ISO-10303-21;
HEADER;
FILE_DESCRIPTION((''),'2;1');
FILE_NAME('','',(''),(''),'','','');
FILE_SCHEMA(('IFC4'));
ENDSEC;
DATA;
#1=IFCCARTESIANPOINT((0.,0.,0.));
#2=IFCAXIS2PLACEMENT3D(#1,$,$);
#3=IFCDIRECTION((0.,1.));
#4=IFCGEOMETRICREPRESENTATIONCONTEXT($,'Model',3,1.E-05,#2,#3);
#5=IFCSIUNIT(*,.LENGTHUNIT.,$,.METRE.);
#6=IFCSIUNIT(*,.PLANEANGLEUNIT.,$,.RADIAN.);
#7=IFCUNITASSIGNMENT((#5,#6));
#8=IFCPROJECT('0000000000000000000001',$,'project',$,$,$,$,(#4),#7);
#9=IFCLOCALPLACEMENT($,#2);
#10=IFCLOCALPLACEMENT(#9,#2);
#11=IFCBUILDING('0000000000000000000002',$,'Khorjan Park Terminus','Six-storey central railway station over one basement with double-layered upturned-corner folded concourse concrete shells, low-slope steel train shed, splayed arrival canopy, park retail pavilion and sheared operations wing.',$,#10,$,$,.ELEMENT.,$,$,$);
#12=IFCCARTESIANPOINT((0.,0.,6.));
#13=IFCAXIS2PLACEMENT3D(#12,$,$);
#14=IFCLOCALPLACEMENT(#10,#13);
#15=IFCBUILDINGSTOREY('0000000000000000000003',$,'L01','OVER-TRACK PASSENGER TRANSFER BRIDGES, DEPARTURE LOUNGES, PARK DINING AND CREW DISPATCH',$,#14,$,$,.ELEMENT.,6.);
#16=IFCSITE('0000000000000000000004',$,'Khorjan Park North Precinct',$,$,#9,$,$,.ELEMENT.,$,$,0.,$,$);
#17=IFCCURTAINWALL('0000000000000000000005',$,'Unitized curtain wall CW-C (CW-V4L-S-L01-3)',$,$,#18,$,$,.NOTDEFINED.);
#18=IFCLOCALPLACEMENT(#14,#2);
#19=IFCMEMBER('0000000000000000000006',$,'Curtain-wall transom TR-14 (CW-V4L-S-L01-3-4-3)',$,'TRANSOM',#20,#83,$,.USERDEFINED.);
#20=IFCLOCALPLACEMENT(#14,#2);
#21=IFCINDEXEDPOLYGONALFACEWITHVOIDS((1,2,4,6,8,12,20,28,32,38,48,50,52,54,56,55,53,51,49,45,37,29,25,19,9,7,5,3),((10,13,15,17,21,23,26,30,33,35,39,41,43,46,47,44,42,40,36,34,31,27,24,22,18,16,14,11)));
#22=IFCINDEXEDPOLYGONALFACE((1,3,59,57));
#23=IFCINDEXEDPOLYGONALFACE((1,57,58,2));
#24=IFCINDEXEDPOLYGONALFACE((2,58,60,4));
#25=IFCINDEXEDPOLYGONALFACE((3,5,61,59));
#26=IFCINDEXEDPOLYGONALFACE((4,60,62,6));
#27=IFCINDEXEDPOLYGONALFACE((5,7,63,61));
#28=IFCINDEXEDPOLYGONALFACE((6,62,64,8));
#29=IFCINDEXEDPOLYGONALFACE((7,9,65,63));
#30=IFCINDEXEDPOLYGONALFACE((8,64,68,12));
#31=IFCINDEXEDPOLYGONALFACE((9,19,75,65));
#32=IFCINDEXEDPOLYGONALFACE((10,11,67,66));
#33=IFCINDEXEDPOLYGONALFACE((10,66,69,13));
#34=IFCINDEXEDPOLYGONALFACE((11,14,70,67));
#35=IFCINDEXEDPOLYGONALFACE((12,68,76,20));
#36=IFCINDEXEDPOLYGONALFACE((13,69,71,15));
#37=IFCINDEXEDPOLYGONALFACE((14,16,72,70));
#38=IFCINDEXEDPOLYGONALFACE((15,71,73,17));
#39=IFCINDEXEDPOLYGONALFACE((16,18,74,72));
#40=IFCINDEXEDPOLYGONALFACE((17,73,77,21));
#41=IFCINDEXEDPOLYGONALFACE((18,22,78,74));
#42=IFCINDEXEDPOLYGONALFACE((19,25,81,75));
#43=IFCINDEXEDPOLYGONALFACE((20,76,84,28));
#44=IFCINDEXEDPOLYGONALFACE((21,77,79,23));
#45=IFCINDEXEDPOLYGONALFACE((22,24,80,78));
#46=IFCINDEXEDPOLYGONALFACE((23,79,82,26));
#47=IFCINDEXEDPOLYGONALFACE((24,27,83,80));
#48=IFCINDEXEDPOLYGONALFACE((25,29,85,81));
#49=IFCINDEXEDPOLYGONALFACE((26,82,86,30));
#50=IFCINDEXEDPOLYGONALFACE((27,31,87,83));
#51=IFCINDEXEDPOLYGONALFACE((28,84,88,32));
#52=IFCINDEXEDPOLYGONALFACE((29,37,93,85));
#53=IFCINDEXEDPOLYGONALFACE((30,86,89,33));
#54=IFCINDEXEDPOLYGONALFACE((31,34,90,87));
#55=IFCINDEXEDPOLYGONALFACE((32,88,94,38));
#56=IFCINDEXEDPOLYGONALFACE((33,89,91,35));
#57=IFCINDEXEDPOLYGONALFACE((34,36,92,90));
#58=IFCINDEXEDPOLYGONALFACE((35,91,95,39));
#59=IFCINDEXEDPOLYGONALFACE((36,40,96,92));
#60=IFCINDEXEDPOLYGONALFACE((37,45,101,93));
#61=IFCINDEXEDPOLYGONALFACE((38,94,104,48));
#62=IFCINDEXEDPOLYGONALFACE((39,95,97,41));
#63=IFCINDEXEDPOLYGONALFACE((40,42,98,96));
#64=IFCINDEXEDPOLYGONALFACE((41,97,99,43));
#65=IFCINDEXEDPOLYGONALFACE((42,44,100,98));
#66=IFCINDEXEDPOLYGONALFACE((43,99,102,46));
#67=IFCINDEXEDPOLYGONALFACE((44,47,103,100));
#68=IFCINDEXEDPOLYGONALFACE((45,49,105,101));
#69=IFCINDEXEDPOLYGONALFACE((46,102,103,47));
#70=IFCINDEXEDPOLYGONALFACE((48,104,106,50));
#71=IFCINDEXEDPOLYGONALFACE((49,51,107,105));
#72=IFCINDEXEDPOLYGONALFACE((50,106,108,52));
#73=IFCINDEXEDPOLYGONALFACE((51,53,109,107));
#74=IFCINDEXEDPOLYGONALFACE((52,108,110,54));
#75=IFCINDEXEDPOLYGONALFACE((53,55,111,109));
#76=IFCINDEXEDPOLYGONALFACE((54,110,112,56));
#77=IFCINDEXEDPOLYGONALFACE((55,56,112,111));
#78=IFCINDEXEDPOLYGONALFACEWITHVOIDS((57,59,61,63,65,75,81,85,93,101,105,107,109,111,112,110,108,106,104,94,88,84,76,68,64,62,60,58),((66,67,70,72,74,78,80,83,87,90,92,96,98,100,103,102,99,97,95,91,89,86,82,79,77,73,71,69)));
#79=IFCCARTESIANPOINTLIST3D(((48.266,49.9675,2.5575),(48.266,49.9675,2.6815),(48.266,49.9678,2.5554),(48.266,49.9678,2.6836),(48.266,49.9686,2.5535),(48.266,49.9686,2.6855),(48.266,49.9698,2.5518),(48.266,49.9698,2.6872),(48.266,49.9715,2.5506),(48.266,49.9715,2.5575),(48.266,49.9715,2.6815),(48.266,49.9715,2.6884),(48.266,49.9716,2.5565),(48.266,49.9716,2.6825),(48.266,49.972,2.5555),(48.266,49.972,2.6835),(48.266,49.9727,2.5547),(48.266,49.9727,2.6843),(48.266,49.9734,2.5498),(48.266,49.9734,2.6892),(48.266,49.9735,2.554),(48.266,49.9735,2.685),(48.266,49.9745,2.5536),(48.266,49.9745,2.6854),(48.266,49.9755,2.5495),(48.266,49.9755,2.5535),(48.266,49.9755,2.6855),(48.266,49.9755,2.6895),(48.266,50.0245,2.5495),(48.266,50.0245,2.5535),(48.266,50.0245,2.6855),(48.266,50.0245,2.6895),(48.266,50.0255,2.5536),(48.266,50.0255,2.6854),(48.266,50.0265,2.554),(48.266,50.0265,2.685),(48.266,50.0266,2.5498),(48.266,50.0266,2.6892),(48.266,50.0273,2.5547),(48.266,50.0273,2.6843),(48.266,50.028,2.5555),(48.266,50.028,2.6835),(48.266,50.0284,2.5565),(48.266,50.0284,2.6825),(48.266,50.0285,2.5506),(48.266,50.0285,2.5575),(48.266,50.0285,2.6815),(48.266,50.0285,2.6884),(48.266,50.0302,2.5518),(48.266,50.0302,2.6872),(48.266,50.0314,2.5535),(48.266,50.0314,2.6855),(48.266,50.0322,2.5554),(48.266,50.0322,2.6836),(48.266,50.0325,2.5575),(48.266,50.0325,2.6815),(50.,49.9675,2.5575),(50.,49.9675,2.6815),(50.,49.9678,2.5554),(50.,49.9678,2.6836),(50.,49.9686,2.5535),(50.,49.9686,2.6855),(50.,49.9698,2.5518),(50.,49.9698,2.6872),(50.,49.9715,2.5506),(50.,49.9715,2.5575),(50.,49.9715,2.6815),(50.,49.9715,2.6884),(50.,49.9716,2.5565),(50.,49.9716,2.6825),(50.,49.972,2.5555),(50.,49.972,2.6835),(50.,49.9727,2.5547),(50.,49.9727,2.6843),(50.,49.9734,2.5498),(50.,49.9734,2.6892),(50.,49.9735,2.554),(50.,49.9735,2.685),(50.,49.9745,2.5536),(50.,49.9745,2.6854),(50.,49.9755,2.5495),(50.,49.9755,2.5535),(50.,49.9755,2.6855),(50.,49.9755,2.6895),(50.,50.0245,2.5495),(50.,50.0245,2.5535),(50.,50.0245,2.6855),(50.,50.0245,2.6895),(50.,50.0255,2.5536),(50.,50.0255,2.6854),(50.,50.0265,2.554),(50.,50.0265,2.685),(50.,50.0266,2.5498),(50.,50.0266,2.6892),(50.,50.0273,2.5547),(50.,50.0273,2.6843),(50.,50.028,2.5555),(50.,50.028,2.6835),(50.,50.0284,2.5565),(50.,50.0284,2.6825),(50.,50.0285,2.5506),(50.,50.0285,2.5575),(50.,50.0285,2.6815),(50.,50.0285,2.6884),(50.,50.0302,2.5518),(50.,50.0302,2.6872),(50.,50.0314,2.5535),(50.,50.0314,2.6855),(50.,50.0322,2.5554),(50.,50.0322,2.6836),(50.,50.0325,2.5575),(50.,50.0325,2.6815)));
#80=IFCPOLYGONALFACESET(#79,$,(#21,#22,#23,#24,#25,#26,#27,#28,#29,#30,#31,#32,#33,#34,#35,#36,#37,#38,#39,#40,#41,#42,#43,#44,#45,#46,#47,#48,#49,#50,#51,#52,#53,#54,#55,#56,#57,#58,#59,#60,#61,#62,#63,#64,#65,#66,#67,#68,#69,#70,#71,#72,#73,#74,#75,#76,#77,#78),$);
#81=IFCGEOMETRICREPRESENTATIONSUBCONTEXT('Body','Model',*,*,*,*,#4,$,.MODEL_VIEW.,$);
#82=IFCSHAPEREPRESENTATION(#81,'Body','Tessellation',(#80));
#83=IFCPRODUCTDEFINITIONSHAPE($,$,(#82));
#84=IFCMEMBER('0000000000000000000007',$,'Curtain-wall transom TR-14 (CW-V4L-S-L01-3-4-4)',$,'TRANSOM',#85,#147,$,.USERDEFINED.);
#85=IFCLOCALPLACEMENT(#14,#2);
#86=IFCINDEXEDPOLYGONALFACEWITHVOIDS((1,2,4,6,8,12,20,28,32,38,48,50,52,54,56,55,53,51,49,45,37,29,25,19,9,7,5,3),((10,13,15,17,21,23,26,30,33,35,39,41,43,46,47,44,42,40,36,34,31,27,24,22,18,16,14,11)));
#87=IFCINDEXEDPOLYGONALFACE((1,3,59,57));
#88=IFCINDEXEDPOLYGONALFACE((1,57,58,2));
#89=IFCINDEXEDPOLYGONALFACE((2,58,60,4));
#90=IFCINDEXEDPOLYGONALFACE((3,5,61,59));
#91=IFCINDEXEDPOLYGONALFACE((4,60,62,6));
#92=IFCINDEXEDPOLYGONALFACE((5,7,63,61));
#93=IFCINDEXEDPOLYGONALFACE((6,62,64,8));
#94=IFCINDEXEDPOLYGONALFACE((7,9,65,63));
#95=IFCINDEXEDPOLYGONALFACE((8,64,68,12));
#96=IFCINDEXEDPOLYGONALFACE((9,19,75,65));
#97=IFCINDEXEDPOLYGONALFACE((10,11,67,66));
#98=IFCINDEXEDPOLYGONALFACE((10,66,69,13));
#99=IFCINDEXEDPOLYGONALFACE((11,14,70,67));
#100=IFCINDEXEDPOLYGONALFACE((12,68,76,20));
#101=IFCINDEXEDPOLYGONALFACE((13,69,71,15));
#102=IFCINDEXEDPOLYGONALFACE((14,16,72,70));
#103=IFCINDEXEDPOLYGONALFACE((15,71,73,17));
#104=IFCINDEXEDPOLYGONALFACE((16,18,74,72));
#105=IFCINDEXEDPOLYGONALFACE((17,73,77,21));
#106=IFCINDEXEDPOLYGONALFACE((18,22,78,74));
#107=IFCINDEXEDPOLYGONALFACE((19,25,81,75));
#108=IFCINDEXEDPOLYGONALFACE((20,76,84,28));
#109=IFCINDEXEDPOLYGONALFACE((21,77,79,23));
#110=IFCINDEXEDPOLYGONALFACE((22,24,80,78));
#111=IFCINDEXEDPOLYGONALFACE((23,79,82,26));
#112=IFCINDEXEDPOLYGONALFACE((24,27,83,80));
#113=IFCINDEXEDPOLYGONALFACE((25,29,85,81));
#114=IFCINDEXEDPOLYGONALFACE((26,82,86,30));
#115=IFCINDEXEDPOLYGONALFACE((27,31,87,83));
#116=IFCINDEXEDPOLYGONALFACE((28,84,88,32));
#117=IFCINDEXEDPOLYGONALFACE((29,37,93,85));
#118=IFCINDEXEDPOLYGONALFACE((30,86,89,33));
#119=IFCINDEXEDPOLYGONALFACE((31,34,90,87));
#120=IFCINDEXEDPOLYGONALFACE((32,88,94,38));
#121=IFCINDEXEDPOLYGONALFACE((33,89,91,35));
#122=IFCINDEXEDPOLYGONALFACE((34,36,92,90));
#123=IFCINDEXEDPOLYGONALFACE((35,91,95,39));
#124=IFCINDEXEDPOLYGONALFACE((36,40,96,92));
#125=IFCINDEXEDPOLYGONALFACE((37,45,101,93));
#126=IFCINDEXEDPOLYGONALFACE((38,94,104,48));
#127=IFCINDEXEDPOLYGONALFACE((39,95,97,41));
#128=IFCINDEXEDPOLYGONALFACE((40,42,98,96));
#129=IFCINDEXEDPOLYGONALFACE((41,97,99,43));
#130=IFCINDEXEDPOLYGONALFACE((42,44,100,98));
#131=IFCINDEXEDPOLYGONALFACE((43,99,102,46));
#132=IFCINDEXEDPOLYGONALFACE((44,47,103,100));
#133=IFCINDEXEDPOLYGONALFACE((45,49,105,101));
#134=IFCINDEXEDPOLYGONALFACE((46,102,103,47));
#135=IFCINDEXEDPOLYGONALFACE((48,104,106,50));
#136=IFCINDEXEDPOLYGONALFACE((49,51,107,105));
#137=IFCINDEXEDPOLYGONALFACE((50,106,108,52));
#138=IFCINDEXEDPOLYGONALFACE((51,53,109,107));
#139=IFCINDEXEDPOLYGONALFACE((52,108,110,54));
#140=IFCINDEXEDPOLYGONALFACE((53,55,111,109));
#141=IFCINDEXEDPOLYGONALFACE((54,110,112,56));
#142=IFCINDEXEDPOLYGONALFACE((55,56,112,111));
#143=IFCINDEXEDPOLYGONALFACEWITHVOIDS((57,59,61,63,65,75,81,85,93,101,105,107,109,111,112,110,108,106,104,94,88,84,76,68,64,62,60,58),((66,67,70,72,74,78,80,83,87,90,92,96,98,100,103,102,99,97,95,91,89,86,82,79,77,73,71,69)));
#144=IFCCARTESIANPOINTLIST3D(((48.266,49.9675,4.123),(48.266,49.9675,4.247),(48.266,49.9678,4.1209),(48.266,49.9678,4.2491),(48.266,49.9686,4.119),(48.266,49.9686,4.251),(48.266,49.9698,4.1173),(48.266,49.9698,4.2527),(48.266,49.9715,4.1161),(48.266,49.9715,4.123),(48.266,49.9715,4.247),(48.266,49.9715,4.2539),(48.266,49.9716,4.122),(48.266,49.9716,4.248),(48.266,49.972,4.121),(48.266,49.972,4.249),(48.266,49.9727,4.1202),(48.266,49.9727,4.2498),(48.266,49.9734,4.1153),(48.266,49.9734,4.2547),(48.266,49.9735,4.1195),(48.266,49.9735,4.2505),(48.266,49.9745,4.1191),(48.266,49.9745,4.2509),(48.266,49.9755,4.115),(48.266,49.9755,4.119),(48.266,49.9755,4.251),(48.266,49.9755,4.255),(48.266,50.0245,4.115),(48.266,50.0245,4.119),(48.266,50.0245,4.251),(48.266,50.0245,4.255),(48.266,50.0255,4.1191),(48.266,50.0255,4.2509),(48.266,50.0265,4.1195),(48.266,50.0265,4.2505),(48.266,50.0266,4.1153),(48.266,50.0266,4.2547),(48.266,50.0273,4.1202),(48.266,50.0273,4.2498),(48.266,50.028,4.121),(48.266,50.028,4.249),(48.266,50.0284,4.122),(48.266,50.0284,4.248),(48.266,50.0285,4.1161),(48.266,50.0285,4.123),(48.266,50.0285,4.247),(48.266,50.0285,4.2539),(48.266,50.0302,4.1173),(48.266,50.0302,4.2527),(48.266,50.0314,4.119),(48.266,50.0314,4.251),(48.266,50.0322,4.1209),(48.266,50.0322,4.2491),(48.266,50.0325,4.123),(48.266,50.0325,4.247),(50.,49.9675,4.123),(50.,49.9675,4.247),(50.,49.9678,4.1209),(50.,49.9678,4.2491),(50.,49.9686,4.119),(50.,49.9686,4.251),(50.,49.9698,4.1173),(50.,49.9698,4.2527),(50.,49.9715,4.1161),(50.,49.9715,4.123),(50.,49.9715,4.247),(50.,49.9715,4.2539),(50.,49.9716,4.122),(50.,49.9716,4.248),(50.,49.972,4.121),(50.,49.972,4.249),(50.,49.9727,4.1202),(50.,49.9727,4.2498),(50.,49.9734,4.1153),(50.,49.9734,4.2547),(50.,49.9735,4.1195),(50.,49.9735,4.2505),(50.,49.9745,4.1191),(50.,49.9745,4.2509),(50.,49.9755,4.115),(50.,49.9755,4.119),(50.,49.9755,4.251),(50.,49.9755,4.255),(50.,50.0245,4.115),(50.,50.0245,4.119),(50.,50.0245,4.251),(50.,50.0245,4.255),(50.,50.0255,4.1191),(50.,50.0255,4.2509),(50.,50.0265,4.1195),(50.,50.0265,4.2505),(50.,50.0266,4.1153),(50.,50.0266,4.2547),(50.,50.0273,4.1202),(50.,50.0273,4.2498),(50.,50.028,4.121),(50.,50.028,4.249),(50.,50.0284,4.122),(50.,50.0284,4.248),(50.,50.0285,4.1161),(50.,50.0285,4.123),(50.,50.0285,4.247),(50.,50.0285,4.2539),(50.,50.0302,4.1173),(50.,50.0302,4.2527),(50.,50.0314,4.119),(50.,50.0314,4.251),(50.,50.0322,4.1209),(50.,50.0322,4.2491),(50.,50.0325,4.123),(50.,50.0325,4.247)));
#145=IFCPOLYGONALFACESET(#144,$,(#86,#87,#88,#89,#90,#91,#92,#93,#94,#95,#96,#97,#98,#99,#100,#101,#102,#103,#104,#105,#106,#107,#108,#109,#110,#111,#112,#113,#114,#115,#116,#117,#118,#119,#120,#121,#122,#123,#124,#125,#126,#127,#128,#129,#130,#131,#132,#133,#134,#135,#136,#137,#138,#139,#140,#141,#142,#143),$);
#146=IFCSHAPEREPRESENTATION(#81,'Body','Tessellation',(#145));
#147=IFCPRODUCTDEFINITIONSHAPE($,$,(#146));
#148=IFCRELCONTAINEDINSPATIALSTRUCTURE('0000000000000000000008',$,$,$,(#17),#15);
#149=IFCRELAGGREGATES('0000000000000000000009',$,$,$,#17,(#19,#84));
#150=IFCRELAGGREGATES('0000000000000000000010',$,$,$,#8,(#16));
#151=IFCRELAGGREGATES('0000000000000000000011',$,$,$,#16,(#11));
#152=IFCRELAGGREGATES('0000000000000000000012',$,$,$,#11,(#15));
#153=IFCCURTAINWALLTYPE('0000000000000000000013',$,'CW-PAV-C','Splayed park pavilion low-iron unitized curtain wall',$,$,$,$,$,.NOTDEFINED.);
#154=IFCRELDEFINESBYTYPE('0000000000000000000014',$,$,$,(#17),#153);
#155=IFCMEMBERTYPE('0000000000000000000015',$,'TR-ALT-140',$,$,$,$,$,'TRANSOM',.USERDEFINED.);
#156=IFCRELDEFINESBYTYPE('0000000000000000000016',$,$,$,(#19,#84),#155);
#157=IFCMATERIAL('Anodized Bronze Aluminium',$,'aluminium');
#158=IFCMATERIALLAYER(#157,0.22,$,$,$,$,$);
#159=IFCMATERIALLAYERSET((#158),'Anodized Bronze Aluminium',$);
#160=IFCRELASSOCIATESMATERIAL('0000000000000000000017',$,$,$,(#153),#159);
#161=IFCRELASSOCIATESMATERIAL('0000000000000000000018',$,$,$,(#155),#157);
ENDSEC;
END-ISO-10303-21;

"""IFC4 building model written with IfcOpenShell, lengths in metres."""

from ifc_helpers import new_model, si_unit, direction, frame, origin, origin_2d, place, context, subcontext, project, spatial, hollow_rectangle, extrude, material, layer, layer_set, material_profile, profile_set, type_object, element, aggregate, save


model = new_model("IFC4")

# Units and contexts
model_context = context("Model", 3, precision=1e-05, world=origin(), true_north=direction((0.0, 1.0)))
body_context = subcontext(model_context, "Body", "Model", "MODEL_VIEW")
ifc_project = project(units=[si_unit("LENGTHUNIT", "METRE"), si_unit("PLANEANGLEUNIT", "RADIAN")], contexts=[model_context])

# Site, building, storey
site_placement = place(None, origin())
site = spatial("IfcSite", under=ifc_project, at=site_placement, Name="Khorjan Park North Precinct", CompositionType="ELEMENT", RefElevation=0.0)
building_placement = place(site_placement, origin())
building = spatial("IfcBuilding", under=site, at=building_placement, Name="Khorjan Park Terminus", Description="Six-storey central railway station over one basement with double-layered upturned-corner folded concourse concrete shells, low-slope steel train shed, splayed arrival canopy, park retail pavilion and sheared operations wing.", CompositionType="ELEMENT")
storey_placement = place(building_placement, frame((0.0, 0.0, 6.0)))
storey = spatial("IfcBuildingStorey", under=building, at=storey_placement, Name="L01", Description="OVER-TRACK PASSENGER TRANSFER BRIDGES, DEPARTURE LOUNGES, PARK DINING AND CREW DISPATCH", CompositionType="ELEMENT", Elevation=6.0)

# Curtain wall
ifc_material_1 = material(Name="Anodized Bronze Aluminium", Category="aluminium")
ifc_layer_1 = layer(ifc_material_1, 0.22)
ifc_layer_set_1 = layer_set([ifc_layer_1], Name="Anodized Bronze Aluminium")
curtain_wall_type_1 = type_object("IfcCurtainWallType", Name="CW-PAV-C", Description="Splayed park pavilion low-iron unitized curtain wall", PredefinedType="NOTDEFINED", material=ifc_layer_set_1)
curtain_wall_1_placement = place(storey_placement, origin())
curtain_wall_1 = element("IfcCurtainWall", 1, at=curtain_wall_1_placement, inside=storey, type_object=curtain_wall_type_1, Name="Unitized curtain wall CW-C (CW-V4L-S-L01-3)", PredefinedType="NOTDEFINED")

# Members
ifc_material_profile_1 = material_profile(ifc_material_1, hollow_rectangle(XDim=0.065, YDim=0.14, WallThickness=0.004, InnerFilletRadius=0.004, OuterFilletRadius=0.008, at=origin_2d()), Name="ALT 65x140x4")
ifc_profile_set_1 = profile_set([ifc_material_profile_1], Name="Anodized Bronze Aluminium")
member_type_1 = type_object("IfcMemberType", Name="TR-ALT-140", ElementType="TRANSOM", PredefinedType="USERDEFINED", material=ifc_profile_set_1)
member_1_placement = place(storey_placement, frame((48.266, 50.0, 2.6195), z_axis=(1.0, 0.0, 0.0), x_axis=(0.0, 1.0, 0.0)))
member_1 = element("IfcMember", 2, at=member_1_placement, type_object=member_type_1, Name="Curtain-wall transom TR-14 (CW-V4L-S-L01-3-4-3)", ObjectType="TRANSOM", PredefinedType="USERDEFINED", context=body_context, shape_type="SweptSolid", body=[
    extrude(hollow_rectangle(XDim=0.065, YDim=0.14, WallThickness=0.004, InnerFilletRadius=0.004, OuterFilletRadius=0.008, at=origin_2d()), origin(), (0.0, 0.0, 1.0), 1.734),
])
member_2_placement = place(storey_placement, frame((48.266, 50.0, 4.185), z_axis=(1.0, 0.0, 0.0), x_axis=(0.0, 1.0, 0.0)))
member_2 = element("IfcMember", 3, at=member_2_placement, type_object=member_type_1, Name="Curtain-wall transom TR-14 (CW-V4L-S-L01-3-4-4)", ObjectType="TRANSOM", PredefinedType="USERDEFINED", context=body_context, shape_type="SweptSolid", body=[
    extrude(hollow_rectangle(XDim=0.065, YDim=0.14, WallThickness=0.004, InnerFilletRadius=0.004, OuterFilletRadius=0.008, at=origin_2d()), origin(), (0.0, 0.0, 1.0), 1.734),
])

aggregate(curtain_wall_1, [member_1, member_2])

save(model, "model.ifc")
